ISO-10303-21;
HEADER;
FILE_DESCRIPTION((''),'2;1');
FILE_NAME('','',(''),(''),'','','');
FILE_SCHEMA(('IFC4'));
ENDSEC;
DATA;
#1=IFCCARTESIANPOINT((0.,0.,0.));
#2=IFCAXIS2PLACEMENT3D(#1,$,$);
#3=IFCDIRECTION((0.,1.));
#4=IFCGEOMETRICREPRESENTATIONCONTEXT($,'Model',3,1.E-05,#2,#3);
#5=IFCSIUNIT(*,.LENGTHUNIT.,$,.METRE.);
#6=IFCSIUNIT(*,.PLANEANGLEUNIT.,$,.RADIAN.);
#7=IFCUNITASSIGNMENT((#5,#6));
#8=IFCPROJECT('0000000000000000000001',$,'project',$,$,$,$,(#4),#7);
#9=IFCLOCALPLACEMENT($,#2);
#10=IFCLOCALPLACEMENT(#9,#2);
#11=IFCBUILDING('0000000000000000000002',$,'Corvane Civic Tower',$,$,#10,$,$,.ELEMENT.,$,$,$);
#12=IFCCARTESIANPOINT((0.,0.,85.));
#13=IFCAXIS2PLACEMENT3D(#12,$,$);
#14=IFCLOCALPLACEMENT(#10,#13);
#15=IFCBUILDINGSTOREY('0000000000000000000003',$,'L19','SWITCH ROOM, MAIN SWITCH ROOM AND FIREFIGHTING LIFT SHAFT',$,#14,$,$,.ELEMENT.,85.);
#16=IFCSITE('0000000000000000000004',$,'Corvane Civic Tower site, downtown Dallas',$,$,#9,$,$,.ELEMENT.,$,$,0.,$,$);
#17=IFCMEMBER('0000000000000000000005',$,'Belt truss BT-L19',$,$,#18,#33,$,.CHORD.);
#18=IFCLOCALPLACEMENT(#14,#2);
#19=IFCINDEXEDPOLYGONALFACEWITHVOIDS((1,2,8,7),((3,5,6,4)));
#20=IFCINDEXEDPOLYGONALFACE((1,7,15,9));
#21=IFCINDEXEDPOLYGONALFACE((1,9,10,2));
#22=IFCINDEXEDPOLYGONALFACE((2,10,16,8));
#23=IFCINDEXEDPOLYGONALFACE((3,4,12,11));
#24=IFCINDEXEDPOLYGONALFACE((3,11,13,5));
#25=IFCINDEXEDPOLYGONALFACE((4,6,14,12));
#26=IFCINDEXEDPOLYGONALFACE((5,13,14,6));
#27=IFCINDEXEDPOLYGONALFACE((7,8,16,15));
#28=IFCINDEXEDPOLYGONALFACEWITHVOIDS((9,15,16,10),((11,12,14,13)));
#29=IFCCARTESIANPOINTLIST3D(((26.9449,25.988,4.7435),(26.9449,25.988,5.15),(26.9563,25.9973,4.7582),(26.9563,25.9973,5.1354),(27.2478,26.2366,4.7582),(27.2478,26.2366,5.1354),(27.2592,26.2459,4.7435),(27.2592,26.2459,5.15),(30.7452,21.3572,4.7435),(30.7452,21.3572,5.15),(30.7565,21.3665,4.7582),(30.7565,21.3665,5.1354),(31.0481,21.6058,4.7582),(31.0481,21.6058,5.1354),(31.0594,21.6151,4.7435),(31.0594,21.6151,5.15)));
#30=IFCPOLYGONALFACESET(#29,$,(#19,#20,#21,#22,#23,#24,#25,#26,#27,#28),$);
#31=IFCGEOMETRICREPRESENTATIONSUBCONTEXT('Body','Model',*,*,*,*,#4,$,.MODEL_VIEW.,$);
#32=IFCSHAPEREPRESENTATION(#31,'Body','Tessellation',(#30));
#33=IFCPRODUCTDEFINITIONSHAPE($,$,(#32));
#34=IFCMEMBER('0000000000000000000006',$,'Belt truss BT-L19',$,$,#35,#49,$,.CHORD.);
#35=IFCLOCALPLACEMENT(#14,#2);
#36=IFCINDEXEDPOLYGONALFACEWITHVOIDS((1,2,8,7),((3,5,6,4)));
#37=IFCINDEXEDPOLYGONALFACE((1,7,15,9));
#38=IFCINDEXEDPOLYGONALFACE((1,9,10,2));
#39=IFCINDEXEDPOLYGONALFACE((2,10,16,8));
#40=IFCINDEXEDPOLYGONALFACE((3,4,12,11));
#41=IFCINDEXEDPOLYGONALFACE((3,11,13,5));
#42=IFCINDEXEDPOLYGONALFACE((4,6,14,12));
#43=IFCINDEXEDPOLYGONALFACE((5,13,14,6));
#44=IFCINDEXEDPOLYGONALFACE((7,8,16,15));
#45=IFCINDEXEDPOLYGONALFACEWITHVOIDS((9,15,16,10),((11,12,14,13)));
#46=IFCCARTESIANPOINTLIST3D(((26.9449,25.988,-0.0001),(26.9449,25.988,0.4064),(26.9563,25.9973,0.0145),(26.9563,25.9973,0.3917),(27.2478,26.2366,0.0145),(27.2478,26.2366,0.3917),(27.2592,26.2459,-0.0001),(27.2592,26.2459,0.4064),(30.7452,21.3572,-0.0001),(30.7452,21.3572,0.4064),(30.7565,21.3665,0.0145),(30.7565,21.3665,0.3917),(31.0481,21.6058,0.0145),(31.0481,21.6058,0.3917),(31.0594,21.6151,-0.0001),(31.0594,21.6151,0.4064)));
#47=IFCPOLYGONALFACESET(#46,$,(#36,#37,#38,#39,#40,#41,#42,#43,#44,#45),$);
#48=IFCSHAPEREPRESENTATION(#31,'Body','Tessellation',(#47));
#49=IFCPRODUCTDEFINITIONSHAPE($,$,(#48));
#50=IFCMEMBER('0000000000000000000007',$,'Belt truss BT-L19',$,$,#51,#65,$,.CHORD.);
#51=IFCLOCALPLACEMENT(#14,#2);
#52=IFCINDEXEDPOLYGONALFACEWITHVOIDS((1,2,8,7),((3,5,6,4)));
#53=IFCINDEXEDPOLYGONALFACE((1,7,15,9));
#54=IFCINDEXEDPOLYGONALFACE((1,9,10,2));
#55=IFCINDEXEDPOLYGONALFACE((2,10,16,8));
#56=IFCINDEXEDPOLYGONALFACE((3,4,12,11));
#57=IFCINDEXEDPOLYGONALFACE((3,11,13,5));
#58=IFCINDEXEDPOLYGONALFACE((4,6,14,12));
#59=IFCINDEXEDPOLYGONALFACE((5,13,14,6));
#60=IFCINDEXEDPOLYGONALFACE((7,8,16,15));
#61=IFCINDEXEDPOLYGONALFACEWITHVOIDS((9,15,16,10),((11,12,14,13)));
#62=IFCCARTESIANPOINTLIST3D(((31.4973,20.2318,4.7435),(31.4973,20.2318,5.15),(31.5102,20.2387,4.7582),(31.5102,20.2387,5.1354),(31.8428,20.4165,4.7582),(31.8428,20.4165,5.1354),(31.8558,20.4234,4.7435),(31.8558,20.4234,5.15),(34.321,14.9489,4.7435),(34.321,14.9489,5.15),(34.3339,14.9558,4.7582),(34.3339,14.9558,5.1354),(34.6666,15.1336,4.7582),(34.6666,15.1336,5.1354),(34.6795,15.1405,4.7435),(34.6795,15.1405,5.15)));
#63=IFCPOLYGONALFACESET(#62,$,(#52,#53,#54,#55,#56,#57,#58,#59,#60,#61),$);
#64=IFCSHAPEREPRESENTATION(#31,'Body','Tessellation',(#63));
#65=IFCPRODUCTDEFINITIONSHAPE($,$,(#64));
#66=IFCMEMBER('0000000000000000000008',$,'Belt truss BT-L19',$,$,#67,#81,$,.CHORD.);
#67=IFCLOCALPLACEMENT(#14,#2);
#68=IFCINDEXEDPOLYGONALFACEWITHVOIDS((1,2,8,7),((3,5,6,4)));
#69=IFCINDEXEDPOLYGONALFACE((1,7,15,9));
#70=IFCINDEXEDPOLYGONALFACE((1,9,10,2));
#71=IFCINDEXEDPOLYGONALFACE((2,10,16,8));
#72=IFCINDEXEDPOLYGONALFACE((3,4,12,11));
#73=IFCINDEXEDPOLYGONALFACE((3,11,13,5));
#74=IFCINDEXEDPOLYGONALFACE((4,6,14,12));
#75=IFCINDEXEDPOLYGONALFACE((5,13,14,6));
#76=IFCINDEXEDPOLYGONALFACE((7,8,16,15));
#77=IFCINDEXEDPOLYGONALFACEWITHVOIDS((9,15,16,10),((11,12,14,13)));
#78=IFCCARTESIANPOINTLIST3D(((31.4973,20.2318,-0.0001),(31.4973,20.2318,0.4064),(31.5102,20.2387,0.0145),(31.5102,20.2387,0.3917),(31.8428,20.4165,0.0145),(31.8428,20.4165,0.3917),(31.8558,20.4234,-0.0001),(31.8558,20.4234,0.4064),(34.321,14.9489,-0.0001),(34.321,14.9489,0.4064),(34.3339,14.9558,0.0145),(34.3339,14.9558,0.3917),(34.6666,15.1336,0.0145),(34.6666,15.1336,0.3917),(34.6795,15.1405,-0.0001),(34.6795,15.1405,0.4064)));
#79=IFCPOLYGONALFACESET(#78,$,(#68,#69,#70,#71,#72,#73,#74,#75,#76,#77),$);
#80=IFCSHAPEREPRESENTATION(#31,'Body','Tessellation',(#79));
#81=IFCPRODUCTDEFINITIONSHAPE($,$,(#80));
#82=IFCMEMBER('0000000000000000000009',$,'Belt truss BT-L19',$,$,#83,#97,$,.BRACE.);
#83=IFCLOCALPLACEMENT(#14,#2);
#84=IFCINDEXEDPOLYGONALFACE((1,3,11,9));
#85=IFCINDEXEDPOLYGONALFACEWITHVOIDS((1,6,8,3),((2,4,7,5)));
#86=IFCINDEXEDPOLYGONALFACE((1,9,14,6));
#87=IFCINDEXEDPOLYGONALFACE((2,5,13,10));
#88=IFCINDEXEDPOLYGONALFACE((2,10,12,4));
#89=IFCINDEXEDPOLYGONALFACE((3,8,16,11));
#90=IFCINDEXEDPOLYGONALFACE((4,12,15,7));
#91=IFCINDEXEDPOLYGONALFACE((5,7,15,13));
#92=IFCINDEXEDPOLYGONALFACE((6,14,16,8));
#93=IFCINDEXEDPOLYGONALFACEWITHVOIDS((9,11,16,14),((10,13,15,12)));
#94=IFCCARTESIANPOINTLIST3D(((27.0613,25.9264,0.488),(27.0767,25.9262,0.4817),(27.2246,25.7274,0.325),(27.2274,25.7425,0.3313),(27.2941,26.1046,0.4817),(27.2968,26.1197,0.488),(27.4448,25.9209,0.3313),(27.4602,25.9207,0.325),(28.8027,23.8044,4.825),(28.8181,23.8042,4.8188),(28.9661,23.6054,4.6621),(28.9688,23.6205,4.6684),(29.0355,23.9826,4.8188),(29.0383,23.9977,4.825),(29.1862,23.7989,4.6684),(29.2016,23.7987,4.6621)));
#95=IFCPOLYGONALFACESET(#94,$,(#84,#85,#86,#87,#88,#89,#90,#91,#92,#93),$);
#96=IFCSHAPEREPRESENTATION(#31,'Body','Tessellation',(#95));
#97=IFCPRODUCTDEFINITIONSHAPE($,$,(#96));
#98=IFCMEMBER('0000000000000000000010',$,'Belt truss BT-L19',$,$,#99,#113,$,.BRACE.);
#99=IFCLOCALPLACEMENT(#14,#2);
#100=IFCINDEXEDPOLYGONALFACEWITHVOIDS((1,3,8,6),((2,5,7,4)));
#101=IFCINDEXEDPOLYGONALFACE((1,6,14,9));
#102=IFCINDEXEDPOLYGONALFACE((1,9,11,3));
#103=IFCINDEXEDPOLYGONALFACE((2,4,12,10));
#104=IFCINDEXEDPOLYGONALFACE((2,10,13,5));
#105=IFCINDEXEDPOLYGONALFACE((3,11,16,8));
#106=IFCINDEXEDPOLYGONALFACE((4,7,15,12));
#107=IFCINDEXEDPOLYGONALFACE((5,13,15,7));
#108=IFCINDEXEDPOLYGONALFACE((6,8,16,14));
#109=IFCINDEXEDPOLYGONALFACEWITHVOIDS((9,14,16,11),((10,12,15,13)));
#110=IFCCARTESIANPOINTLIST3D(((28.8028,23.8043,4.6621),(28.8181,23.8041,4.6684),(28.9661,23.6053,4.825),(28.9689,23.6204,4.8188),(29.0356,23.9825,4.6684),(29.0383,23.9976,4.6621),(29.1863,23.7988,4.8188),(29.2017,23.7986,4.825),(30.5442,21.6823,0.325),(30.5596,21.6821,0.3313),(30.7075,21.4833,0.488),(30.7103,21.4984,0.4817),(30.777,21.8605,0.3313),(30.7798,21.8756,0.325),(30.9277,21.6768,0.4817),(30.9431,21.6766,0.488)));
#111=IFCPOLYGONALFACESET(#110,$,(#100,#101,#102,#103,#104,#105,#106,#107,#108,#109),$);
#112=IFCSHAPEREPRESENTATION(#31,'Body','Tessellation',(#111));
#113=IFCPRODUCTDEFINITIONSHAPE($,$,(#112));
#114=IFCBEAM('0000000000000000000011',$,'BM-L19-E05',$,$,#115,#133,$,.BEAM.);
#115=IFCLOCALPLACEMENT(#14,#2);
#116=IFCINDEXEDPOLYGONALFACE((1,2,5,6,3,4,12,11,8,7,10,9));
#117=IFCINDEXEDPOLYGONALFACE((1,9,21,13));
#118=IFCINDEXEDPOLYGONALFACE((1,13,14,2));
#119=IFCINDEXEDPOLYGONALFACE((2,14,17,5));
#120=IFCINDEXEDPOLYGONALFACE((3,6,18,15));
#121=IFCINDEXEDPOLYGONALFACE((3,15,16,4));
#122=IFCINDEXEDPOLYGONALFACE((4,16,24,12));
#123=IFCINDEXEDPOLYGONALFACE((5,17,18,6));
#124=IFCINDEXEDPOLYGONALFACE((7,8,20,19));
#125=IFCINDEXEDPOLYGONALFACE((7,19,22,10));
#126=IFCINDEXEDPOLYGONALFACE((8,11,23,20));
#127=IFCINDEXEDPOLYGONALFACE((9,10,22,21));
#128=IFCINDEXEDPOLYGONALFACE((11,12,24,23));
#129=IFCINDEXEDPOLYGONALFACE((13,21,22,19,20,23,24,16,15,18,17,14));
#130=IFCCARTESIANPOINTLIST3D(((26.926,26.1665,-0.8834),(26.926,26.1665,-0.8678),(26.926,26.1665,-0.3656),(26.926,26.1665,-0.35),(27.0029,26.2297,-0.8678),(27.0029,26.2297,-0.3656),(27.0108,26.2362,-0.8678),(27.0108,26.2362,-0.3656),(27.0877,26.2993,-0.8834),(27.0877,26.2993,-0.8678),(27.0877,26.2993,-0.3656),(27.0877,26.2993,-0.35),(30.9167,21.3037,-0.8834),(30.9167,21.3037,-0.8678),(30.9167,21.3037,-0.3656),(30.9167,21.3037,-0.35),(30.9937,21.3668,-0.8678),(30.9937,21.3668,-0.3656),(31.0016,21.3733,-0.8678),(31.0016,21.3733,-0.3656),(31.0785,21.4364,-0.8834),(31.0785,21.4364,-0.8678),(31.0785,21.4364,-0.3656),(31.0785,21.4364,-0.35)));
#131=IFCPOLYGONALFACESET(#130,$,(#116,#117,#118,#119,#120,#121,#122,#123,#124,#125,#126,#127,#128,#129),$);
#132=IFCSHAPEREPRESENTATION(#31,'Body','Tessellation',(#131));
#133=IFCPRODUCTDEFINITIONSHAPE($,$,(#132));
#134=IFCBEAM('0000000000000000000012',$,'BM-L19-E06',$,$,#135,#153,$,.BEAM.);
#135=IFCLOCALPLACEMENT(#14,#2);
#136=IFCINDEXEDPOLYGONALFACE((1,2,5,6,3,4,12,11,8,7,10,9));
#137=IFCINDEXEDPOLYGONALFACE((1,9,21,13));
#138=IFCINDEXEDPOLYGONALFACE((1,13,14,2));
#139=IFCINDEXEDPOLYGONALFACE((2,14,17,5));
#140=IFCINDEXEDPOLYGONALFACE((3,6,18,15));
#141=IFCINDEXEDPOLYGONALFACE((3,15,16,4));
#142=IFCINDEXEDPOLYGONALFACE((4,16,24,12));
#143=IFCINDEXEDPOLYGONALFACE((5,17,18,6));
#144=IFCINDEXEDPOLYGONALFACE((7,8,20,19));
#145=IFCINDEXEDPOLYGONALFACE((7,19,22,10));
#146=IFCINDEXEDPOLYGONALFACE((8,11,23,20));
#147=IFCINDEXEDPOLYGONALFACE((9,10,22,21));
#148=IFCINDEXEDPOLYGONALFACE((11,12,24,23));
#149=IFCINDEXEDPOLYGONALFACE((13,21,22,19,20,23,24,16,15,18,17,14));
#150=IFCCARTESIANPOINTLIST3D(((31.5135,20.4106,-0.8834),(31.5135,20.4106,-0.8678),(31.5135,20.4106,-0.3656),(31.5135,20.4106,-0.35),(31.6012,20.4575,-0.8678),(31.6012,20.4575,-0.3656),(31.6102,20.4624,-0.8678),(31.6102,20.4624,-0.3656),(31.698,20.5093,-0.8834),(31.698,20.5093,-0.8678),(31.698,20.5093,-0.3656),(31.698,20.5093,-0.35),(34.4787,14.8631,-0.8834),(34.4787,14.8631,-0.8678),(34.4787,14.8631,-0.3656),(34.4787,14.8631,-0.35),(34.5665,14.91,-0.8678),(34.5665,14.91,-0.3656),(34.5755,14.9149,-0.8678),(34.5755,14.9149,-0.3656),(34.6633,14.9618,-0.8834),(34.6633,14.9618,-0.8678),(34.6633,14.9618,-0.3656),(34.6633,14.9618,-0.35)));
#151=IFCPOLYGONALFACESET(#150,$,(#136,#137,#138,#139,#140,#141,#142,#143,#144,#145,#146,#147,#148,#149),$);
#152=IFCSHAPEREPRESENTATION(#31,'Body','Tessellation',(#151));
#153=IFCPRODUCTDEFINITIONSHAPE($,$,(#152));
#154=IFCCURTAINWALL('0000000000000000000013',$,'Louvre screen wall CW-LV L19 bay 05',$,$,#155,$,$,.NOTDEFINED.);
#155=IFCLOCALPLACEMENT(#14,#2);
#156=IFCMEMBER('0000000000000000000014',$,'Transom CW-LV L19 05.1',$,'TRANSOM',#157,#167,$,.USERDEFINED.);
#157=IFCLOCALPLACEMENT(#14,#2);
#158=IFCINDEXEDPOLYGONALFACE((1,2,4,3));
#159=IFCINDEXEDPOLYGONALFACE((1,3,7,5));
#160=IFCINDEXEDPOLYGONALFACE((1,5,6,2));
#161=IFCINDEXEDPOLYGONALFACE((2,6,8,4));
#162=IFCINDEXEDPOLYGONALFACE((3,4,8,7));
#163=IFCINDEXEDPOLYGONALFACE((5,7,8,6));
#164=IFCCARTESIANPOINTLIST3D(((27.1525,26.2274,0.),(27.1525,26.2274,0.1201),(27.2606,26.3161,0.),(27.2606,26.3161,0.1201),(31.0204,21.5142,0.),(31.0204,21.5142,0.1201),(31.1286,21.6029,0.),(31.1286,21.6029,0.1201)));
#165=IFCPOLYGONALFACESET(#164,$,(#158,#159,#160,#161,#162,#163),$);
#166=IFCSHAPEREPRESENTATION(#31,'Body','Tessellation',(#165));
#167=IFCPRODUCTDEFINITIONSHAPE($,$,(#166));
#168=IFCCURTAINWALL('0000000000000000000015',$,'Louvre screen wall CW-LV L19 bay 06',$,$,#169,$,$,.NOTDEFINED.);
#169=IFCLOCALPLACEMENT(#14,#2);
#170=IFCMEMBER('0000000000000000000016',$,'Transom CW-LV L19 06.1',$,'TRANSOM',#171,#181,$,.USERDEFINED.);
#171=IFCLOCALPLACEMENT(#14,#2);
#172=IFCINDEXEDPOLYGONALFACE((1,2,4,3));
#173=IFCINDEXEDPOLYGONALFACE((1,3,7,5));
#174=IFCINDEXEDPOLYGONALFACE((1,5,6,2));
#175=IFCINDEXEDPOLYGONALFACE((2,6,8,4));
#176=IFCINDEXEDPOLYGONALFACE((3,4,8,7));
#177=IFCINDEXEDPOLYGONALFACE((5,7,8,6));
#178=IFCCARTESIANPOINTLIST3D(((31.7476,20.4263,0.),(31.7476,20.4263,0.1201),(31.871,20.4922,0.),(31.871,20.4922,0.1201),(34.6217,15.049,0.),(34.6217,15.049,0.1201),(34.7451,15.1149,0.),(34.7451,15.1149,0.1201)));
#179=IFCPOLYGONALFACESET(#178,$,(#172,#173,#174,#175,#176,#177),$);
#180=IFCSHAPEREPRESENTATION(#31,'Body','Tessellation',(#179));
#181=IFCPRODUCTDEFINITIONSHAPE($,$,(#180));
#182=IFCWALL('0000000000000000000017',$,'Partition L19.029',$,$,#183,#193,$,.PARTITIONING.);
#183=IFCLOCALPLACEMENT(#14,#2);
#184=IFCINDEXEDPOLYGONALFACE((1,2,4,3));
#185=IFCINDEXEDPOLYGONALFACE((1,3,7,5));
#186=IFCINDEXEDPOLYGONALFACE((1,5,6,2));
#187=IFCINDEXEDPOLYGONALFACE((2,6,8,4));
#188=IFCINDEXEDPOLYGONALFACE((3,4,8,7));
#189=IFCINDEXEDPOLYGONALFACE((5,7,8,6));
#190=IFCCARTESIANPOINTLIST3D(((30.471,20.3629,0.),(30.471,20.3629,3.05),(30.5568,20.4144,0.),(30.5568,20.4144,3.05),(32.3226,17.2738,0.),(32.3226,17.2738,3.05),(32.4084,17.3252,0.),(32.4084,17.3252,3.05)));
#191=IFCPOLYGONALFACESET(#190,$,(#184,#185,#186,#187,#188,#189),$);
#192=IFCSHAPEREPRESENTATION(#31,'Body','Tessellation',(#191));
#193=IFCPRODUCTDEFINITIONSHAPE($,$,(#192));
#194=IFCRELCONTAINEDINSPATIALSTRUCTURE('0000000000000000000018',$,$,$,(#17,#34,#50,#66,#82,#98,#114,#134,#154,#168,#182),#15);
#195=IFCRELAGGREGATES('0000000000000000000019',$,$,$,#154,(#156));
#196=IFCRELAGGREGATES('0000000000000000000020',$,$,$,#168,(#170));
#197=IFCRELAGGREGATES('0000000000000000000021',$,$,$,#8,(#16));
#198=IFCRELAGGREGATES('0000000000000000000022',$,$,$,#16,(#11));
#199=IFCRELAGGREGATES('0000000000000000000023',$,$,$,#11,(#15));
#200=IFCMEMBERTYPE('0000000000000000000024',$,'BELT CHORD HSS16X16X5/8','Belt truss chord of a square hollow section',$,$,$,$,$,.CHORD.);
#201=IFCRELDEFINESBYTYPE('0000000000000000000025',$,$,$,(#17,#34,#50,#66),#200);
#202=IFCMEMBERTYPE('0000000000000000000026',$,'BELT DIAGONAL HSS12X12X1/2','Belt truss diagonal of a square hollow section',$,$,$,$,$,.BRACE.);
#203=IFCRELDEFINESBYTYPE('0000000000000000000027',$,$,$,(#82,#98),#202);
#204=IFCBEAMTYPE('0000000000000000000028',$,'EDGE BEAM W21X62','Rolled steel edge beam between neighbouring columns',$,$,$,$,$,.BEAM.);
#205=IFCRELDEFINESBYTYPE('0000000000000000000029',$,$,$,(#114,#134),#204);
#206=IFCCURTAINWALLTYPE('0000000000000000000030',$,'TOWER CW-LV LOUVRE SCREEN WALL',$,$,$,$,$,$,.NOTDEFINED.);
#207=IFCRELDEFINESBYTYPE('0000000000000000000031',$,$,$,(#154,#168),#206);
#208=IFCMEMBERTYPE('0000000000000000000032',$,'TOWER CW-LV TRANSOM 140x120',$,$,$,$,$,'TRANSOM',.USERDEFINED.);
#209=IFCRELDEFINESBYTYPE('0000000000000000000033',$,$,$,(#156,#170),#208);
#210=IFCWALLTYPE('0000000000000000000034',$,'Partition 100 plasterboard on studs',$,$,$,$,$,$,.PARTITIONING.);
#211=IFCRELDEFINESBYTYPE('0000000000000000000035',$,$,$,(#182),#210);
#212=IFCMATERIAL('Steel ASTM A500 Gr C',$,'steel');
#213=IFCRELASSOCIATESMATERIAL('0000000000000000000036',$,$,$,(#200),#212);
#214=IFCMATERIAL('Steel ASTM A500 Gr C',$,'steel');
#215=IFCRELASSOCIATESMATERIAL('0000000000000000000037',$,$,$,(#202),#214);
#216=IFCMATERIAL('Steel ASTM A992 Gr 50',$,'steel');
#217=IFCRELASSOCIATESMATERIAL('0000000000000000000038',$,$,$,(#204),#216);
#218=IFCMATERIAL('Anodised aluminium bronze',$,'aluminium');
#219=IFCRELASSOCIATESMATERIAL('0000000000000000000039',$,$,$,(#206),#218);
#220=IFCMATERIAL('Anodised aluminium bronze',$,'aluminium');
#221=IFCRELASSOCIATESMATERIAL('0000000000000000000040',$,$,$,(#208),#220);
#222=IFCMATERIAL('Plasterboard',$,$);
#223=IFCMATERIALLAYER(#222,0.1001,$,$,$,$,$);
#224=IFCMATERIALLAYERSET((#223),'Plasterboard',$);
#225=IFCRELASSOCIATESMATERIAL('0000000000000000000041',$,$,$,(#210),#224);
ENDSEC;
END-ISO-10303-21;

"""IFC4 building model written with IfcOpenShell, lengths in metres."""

from ifc_helpers import new_model, si_unit, direction, frame, frame_2d, origin, origin_2d, place, context, subcontext, project, spatial, rectangle, hollow_rectangle, i_section, extrude, material, layer, layer_set, material_profile, profile_set, type_object, element, aggregate, save


model = new_model("IFC4")

# Units and contexts
model_context = context("Model", 3, precision=1e-05, world=origin(), true_north=direction((0.0, 1.0)))
body_context = subcontext(model_context, "Body", "Model", "MODEL_VIEW")
ifc_project = project(units=[si_unit("LENGTHUNIT", "METRE"), si_unit("PLANEANGLEUNIT", "RADIAN")], contexts=[model_context])

# Site, building, storey
site_placement = place(None, origin())
site = spatial("IfcSite", under=ifc_project, at=site_placement, Name="Corvane Civic Tower site, downtown Dallas", CompositionType="ELEMENT", RefElevation=0.0)
building_placement = place(site_placement, origin())
building = spatial("IfcBuilding", under=site, at=building_placement, Name="Corvane Civic Tower", CompositionType="ELEMENT")
storey_placement = place(building_placement, frame((0.0, 0.0, 85.0)))
storey = spatial("IfcBuildingStorey", under=building, at=storey_placement, Name="L19", Description="SWITCH ROOM, MAIN SWITCH ROOM AND FIREFIGHTING LIFT SHAFT", CompositionType="ELEMENT", Elevation=85.0)

# Members
ifc_material_1 = material(Name="Steel ASTM A500 Gr C", Category="steel")
ifc_material_profile_1 = material_profile(ifc_material_1, hollow_rectangle(XDim=0.4065, YDim=0.4065, WallThickness=0.0146, at=origin_2d()), Name="HSS16X16X5/8")
ifc_profile_set_1 = profile_set([ifc_material_profile_1], Name="Steel ASTM A500 Gr C")
member_type_1 = type_object("IfcMemberType", Name="BELT CHORD HSS16X16X5/8", Description="Belt truss chord of a square hollow section", PredefinedType="CHORD", material=ifc_profile_set_1)
for number, where, z_axis, x_axis, name in (
    (1, (27.1021, 26.1169, 4.9468), (0.634378, -0.773023, 0.0), (0.773023, 0.634378, 0.0), "Belt truss BT-L19"),
    (2, (27.1021, 26.1169, 0.2031), (0.634378, -0.773023, 0.0), (0.773023, 0.634378, 0.0), "Belt truss BT-L19"),
):
    element("IfcMember", number, at=place(storey_placement, frame(where, z_axis=z_axis, x_axis=x_axis)), inside=storey, type_object=member_type_1, Name=name, PredefinedType="CHORD", context=body_context, shape_type="SweptSolid", body=[
        extrude(hollow_rectangle(XDim=0.4065, YDim=0.4065, WallThickness=0.0146, at=origin_2d()), origin(), (0.0, 0.0, 1.0), 5.9905),
    ])
for number, where, z_axis, x_axis, name in (
    (3, (31.6765, 20.3276, 4.9468), (0.471388, -0.881926, 0.0), (0.881926, 0.471388, 0.0), "Belt truss BT-L19"),
    (4, (31.6765, 20.3276, 0.2031), (0.471388, -0.881926, 0.0), (0.881926, 0.471388, 0.0), "Belt truss BT-L19"),
):
    element("IfcMember", number, at=place(storey_placement, frame(where, z_axis=z_axis, x_axis=x_axis)), inside=storey, type_object=member_type_1, Name=name, PredefinedType="CHORD", context=body_context, shape_type="SweptSolid", body=[
        extrude(hollow_rectangle(XDim=0.4065, YDim=0.4065, WallThickness=0.0146, at=origin_2d()), origin(), (0.0, 0.0, 1.0), 5.9902),
    ])
ifc_material_2 = material(Name="Steel ASTM A500 Gr C", Category="steel")
ifc_material_profile_2 = material_profile(ifc_material_2, hollow_rectangle(XDim=0.3047, YDim=0.3047, WallThickness=0.0117, at=origin_2d()), Name="HSS12X12X1/2")
ifc_profile_set_2 = profile_set([ifc_material_profile_2], Name="Steel ASTM A500 Gr C")
member_type_2 = type_object("IfcMemberType", Name="BELT DIAGONAL HSS12X12X1/2", Description="Belt truss diagonal of a square hollow section", PredefinedType="BRACE", material=ifc_profile_set_2)
for number, where, z_axis, x_axis, name in (
    (5, (27.2607, 25.9236, 0.4065), (0.339272, -0.413424, 0.84497), (0.773025, 0.634375, 0.0), "Belt truss BT-L19"),
    (6, (30.7437, 21.6794, 0.4065), (-0.339272, 0.413424, 0.84497), (-0.773025, -0.634375, 0.0), "Belt truss BT-L19"),
):
    element("IfcMember", number, at=place(storey_placement, frame(where, z_axis=z_axis, x_axis=x_axis)), inside=storey, type_object=member_type_2, Name=name, PredefinedType="BRACE", context=body_context, shape_type="SweptSolid", body=[
        extrude(hollow_rectangle(XDim=0.3047, YDim=0.3047, WallThickness=0.0117, at=origin_2d()), origin(), (0.0, 0.0, 1.0), 5.1328),
    ])

# Beams
ifc_material_3 = material(Name="Steel ASTM A992 Gr 50", Category="steel")
ifc_material_profile_3 = material_profile(ifc_material_3, i_section(OverallWidth=0.2092, OverallDepth=0.5334, WebThickness=0.0103, FlangeThickness=0.0156, at=origin_2d()), Name="W21X62")
ifc_profile_set_3 = profile_set([ifc_material_profile_3], Name="Steel ASTM A992 Gr 50")
beam_type = type_object("IfcBeamType", Name="EDGE BEAM W21X62", Description="Rolled steel edge beam between neighbouring columns", PredefinedType="BEAM", material=ifc_profile_set_3)
beam_1_placement = place(storey_placement, frame((27.0068, 26.2329, -0.6167), z_axis=(0.634387, -0.773016, 0.0), x_axis=(0.773016, 0.634387, 0.0)))
element("IfcBeam", 7, at=beam_1_placement, inside=storey, type_object=beam_type, Name="BM-L19-E05", PredefinedType="BEAM", context=body_context, shape_type="SweptSolid", body=[
    extrude(i_section(OverallWidth=0.2092, OverallDepth=0.5334, WebThickness=0.0103, FlangeThickness=0.0156, at=origin_2d()), origin(), (0.0, 0.0, 1.0), 6.2908),
])
beam_2_placement = place(storey_placement, frame((31.6057, 20.46, -0.6167), z_axis=(0.471406, -0.881916, 0.0), x_axis=(0.881916, 0.471406, 0.0)))
element("IfcBeam", 8, at=beam_2_placement, inside=storey, type_object=beam_type, Name="BM-L19-E06", PredefinedType="BEAM", context=body_context, shape_type="SweptSolid", body=[
    extrude(i_section(OverallWidth=0.2092, OverallDepth=0.5334, WebThickness=0.0103, FlangeThickness=0.0156, at=origin_2d()), origin(), (0.0, 0.0, 1.0), 6.2903),
])

# Curtain walls, members
ifc_material_4 = material(Name="Anodised aluminium bronze", Category="aluminium")
curtain_wall_type = type_object("IfcCurtainWallType", Name="TOWER CW-LV LOUVRE SCREEN WALL", PredefinedType="NOTDEFINED", material=ifc_material_4)
curtain_wall_1_placement = place(storey_placement, origin())
curtain_wall_1 = element("IfcCurtainWall", 9, at=curtain_wall_1_placement, inside=storey, type_object=curtain_wall_type, Name="Louvre screen wall CW-LV L19 bay 05", PredefinedType="NOTDEFINED")
ifc_material_5 = material(Name="Anodised aluminium bronze", Category="aluminium")
ifc_material_profile_4 = material_profile(ifc_material_5, rectangle(XDim=0.1399, YDim=0.1201, at=origin_2d()), Name="TOWER CW-LV TRANSOM 140x120")
ifc_profile_set_4 = profile_set([ifc_material_profile_4], Name="Anodised aluminium bronze")
member_type_3 = type_object("IfcMemberType", Name="TOWER CW-LV TRANSOM 140x120", ElementType="TRANSOM", PredefinedType="USERDEFINED", material=ifc_profile_set_4)
member_1_placement = place(storey_placement, frame((27.2065, 26.2717, 0.0601), z_axis=(0.634388, -0.773014, 0.0), x_axis=(0.773014, 0.634388, 0.0)))
member_1 = element("IfcMember", 10, at=member_1_placement, type_object=member_type_3, Name="Transom CW-LV L19 05.1", ObjectType="TRANSOM", PredefinedType="USERDEFINED", context=body_context, shape_type="SweptSolid", body=[
    extrude(rectangle(XDim=0.1399, YDim=0.1201, at=origin_2d()), origin(), (0.0, 0.0, 1.0), 6.0972),
])
curtain_wall_2_placement = place(storey_placement, origin())
curtain_wall_2 = element("IfcCurtainWall", 11, at=curtain_wall_2_placement, inside=storey, type_object=curtain_wall_type, Name="Louvre screen wall CW-LV L19 bay 06", PredefinedType="NOTDEFINED")
member_2_placement = place(storey_placement, frame((31.8093, 20.4592, 0.0601), z_axis=(0.471378, -0.881931, 0.0), x_axis=(0.881931, 0.471378, 0.0)))
member_2 = element("IfcMember", 12, at=member_2_placement, type_object=member_type_3, Name="Transom CW-LV L19 06.1", ObjectType="TRANSOM", PredefinedType="USERDEFINED", context=body_context, shape_type="SweptSolid", body=[
    extrude(rectangle(XDim=0.1399, YDim=0.1201, at=origin_2d()), origin(), (0.0, 0.0, 1.0), 6.0972),
])

# Wall
ifc_material_6 = material(Name="Plasterboard")
ifc_layer = layer(ifc_material_6, 0.1001)
ifc_layer_set = layer_set([ifc_layer], Name="Plasterboard")
wall_type = type_object("IfcWallType", Name="Partition 100 plasterboard on studs", PredefinedType="PARTITIONING", material=ifc_layer_set)
for number, where, z_axis, x_axis, name in (
    (13, (30.5139, 20.3887, 0.0), (0.0, 0.0, 1.0), (0.514107, -0.857726, 0.0), "Partition L19.029"),
):
    element("IfcWall", number, at=place(storey_placement, frame(where, z_axis=z_axis, x_axis=x_axis)), inside=storey, type_object=wall_type, Name=name, PredefinedType="PARTITIONING", context=body_context, shape_type="SweptSolid", body=[
        extrude(rectangle(XDim=3.6016, YDim=0.1001, at=frame_2d((1.8008, 0.0))), origin(), (0.0, 0.0, 1.0), 3.05),
    ])

aggregate(curtain_wall_1, [member_1])
aggregate(curtain_wall_2, [member_2])

save(model, "model.ifc")
